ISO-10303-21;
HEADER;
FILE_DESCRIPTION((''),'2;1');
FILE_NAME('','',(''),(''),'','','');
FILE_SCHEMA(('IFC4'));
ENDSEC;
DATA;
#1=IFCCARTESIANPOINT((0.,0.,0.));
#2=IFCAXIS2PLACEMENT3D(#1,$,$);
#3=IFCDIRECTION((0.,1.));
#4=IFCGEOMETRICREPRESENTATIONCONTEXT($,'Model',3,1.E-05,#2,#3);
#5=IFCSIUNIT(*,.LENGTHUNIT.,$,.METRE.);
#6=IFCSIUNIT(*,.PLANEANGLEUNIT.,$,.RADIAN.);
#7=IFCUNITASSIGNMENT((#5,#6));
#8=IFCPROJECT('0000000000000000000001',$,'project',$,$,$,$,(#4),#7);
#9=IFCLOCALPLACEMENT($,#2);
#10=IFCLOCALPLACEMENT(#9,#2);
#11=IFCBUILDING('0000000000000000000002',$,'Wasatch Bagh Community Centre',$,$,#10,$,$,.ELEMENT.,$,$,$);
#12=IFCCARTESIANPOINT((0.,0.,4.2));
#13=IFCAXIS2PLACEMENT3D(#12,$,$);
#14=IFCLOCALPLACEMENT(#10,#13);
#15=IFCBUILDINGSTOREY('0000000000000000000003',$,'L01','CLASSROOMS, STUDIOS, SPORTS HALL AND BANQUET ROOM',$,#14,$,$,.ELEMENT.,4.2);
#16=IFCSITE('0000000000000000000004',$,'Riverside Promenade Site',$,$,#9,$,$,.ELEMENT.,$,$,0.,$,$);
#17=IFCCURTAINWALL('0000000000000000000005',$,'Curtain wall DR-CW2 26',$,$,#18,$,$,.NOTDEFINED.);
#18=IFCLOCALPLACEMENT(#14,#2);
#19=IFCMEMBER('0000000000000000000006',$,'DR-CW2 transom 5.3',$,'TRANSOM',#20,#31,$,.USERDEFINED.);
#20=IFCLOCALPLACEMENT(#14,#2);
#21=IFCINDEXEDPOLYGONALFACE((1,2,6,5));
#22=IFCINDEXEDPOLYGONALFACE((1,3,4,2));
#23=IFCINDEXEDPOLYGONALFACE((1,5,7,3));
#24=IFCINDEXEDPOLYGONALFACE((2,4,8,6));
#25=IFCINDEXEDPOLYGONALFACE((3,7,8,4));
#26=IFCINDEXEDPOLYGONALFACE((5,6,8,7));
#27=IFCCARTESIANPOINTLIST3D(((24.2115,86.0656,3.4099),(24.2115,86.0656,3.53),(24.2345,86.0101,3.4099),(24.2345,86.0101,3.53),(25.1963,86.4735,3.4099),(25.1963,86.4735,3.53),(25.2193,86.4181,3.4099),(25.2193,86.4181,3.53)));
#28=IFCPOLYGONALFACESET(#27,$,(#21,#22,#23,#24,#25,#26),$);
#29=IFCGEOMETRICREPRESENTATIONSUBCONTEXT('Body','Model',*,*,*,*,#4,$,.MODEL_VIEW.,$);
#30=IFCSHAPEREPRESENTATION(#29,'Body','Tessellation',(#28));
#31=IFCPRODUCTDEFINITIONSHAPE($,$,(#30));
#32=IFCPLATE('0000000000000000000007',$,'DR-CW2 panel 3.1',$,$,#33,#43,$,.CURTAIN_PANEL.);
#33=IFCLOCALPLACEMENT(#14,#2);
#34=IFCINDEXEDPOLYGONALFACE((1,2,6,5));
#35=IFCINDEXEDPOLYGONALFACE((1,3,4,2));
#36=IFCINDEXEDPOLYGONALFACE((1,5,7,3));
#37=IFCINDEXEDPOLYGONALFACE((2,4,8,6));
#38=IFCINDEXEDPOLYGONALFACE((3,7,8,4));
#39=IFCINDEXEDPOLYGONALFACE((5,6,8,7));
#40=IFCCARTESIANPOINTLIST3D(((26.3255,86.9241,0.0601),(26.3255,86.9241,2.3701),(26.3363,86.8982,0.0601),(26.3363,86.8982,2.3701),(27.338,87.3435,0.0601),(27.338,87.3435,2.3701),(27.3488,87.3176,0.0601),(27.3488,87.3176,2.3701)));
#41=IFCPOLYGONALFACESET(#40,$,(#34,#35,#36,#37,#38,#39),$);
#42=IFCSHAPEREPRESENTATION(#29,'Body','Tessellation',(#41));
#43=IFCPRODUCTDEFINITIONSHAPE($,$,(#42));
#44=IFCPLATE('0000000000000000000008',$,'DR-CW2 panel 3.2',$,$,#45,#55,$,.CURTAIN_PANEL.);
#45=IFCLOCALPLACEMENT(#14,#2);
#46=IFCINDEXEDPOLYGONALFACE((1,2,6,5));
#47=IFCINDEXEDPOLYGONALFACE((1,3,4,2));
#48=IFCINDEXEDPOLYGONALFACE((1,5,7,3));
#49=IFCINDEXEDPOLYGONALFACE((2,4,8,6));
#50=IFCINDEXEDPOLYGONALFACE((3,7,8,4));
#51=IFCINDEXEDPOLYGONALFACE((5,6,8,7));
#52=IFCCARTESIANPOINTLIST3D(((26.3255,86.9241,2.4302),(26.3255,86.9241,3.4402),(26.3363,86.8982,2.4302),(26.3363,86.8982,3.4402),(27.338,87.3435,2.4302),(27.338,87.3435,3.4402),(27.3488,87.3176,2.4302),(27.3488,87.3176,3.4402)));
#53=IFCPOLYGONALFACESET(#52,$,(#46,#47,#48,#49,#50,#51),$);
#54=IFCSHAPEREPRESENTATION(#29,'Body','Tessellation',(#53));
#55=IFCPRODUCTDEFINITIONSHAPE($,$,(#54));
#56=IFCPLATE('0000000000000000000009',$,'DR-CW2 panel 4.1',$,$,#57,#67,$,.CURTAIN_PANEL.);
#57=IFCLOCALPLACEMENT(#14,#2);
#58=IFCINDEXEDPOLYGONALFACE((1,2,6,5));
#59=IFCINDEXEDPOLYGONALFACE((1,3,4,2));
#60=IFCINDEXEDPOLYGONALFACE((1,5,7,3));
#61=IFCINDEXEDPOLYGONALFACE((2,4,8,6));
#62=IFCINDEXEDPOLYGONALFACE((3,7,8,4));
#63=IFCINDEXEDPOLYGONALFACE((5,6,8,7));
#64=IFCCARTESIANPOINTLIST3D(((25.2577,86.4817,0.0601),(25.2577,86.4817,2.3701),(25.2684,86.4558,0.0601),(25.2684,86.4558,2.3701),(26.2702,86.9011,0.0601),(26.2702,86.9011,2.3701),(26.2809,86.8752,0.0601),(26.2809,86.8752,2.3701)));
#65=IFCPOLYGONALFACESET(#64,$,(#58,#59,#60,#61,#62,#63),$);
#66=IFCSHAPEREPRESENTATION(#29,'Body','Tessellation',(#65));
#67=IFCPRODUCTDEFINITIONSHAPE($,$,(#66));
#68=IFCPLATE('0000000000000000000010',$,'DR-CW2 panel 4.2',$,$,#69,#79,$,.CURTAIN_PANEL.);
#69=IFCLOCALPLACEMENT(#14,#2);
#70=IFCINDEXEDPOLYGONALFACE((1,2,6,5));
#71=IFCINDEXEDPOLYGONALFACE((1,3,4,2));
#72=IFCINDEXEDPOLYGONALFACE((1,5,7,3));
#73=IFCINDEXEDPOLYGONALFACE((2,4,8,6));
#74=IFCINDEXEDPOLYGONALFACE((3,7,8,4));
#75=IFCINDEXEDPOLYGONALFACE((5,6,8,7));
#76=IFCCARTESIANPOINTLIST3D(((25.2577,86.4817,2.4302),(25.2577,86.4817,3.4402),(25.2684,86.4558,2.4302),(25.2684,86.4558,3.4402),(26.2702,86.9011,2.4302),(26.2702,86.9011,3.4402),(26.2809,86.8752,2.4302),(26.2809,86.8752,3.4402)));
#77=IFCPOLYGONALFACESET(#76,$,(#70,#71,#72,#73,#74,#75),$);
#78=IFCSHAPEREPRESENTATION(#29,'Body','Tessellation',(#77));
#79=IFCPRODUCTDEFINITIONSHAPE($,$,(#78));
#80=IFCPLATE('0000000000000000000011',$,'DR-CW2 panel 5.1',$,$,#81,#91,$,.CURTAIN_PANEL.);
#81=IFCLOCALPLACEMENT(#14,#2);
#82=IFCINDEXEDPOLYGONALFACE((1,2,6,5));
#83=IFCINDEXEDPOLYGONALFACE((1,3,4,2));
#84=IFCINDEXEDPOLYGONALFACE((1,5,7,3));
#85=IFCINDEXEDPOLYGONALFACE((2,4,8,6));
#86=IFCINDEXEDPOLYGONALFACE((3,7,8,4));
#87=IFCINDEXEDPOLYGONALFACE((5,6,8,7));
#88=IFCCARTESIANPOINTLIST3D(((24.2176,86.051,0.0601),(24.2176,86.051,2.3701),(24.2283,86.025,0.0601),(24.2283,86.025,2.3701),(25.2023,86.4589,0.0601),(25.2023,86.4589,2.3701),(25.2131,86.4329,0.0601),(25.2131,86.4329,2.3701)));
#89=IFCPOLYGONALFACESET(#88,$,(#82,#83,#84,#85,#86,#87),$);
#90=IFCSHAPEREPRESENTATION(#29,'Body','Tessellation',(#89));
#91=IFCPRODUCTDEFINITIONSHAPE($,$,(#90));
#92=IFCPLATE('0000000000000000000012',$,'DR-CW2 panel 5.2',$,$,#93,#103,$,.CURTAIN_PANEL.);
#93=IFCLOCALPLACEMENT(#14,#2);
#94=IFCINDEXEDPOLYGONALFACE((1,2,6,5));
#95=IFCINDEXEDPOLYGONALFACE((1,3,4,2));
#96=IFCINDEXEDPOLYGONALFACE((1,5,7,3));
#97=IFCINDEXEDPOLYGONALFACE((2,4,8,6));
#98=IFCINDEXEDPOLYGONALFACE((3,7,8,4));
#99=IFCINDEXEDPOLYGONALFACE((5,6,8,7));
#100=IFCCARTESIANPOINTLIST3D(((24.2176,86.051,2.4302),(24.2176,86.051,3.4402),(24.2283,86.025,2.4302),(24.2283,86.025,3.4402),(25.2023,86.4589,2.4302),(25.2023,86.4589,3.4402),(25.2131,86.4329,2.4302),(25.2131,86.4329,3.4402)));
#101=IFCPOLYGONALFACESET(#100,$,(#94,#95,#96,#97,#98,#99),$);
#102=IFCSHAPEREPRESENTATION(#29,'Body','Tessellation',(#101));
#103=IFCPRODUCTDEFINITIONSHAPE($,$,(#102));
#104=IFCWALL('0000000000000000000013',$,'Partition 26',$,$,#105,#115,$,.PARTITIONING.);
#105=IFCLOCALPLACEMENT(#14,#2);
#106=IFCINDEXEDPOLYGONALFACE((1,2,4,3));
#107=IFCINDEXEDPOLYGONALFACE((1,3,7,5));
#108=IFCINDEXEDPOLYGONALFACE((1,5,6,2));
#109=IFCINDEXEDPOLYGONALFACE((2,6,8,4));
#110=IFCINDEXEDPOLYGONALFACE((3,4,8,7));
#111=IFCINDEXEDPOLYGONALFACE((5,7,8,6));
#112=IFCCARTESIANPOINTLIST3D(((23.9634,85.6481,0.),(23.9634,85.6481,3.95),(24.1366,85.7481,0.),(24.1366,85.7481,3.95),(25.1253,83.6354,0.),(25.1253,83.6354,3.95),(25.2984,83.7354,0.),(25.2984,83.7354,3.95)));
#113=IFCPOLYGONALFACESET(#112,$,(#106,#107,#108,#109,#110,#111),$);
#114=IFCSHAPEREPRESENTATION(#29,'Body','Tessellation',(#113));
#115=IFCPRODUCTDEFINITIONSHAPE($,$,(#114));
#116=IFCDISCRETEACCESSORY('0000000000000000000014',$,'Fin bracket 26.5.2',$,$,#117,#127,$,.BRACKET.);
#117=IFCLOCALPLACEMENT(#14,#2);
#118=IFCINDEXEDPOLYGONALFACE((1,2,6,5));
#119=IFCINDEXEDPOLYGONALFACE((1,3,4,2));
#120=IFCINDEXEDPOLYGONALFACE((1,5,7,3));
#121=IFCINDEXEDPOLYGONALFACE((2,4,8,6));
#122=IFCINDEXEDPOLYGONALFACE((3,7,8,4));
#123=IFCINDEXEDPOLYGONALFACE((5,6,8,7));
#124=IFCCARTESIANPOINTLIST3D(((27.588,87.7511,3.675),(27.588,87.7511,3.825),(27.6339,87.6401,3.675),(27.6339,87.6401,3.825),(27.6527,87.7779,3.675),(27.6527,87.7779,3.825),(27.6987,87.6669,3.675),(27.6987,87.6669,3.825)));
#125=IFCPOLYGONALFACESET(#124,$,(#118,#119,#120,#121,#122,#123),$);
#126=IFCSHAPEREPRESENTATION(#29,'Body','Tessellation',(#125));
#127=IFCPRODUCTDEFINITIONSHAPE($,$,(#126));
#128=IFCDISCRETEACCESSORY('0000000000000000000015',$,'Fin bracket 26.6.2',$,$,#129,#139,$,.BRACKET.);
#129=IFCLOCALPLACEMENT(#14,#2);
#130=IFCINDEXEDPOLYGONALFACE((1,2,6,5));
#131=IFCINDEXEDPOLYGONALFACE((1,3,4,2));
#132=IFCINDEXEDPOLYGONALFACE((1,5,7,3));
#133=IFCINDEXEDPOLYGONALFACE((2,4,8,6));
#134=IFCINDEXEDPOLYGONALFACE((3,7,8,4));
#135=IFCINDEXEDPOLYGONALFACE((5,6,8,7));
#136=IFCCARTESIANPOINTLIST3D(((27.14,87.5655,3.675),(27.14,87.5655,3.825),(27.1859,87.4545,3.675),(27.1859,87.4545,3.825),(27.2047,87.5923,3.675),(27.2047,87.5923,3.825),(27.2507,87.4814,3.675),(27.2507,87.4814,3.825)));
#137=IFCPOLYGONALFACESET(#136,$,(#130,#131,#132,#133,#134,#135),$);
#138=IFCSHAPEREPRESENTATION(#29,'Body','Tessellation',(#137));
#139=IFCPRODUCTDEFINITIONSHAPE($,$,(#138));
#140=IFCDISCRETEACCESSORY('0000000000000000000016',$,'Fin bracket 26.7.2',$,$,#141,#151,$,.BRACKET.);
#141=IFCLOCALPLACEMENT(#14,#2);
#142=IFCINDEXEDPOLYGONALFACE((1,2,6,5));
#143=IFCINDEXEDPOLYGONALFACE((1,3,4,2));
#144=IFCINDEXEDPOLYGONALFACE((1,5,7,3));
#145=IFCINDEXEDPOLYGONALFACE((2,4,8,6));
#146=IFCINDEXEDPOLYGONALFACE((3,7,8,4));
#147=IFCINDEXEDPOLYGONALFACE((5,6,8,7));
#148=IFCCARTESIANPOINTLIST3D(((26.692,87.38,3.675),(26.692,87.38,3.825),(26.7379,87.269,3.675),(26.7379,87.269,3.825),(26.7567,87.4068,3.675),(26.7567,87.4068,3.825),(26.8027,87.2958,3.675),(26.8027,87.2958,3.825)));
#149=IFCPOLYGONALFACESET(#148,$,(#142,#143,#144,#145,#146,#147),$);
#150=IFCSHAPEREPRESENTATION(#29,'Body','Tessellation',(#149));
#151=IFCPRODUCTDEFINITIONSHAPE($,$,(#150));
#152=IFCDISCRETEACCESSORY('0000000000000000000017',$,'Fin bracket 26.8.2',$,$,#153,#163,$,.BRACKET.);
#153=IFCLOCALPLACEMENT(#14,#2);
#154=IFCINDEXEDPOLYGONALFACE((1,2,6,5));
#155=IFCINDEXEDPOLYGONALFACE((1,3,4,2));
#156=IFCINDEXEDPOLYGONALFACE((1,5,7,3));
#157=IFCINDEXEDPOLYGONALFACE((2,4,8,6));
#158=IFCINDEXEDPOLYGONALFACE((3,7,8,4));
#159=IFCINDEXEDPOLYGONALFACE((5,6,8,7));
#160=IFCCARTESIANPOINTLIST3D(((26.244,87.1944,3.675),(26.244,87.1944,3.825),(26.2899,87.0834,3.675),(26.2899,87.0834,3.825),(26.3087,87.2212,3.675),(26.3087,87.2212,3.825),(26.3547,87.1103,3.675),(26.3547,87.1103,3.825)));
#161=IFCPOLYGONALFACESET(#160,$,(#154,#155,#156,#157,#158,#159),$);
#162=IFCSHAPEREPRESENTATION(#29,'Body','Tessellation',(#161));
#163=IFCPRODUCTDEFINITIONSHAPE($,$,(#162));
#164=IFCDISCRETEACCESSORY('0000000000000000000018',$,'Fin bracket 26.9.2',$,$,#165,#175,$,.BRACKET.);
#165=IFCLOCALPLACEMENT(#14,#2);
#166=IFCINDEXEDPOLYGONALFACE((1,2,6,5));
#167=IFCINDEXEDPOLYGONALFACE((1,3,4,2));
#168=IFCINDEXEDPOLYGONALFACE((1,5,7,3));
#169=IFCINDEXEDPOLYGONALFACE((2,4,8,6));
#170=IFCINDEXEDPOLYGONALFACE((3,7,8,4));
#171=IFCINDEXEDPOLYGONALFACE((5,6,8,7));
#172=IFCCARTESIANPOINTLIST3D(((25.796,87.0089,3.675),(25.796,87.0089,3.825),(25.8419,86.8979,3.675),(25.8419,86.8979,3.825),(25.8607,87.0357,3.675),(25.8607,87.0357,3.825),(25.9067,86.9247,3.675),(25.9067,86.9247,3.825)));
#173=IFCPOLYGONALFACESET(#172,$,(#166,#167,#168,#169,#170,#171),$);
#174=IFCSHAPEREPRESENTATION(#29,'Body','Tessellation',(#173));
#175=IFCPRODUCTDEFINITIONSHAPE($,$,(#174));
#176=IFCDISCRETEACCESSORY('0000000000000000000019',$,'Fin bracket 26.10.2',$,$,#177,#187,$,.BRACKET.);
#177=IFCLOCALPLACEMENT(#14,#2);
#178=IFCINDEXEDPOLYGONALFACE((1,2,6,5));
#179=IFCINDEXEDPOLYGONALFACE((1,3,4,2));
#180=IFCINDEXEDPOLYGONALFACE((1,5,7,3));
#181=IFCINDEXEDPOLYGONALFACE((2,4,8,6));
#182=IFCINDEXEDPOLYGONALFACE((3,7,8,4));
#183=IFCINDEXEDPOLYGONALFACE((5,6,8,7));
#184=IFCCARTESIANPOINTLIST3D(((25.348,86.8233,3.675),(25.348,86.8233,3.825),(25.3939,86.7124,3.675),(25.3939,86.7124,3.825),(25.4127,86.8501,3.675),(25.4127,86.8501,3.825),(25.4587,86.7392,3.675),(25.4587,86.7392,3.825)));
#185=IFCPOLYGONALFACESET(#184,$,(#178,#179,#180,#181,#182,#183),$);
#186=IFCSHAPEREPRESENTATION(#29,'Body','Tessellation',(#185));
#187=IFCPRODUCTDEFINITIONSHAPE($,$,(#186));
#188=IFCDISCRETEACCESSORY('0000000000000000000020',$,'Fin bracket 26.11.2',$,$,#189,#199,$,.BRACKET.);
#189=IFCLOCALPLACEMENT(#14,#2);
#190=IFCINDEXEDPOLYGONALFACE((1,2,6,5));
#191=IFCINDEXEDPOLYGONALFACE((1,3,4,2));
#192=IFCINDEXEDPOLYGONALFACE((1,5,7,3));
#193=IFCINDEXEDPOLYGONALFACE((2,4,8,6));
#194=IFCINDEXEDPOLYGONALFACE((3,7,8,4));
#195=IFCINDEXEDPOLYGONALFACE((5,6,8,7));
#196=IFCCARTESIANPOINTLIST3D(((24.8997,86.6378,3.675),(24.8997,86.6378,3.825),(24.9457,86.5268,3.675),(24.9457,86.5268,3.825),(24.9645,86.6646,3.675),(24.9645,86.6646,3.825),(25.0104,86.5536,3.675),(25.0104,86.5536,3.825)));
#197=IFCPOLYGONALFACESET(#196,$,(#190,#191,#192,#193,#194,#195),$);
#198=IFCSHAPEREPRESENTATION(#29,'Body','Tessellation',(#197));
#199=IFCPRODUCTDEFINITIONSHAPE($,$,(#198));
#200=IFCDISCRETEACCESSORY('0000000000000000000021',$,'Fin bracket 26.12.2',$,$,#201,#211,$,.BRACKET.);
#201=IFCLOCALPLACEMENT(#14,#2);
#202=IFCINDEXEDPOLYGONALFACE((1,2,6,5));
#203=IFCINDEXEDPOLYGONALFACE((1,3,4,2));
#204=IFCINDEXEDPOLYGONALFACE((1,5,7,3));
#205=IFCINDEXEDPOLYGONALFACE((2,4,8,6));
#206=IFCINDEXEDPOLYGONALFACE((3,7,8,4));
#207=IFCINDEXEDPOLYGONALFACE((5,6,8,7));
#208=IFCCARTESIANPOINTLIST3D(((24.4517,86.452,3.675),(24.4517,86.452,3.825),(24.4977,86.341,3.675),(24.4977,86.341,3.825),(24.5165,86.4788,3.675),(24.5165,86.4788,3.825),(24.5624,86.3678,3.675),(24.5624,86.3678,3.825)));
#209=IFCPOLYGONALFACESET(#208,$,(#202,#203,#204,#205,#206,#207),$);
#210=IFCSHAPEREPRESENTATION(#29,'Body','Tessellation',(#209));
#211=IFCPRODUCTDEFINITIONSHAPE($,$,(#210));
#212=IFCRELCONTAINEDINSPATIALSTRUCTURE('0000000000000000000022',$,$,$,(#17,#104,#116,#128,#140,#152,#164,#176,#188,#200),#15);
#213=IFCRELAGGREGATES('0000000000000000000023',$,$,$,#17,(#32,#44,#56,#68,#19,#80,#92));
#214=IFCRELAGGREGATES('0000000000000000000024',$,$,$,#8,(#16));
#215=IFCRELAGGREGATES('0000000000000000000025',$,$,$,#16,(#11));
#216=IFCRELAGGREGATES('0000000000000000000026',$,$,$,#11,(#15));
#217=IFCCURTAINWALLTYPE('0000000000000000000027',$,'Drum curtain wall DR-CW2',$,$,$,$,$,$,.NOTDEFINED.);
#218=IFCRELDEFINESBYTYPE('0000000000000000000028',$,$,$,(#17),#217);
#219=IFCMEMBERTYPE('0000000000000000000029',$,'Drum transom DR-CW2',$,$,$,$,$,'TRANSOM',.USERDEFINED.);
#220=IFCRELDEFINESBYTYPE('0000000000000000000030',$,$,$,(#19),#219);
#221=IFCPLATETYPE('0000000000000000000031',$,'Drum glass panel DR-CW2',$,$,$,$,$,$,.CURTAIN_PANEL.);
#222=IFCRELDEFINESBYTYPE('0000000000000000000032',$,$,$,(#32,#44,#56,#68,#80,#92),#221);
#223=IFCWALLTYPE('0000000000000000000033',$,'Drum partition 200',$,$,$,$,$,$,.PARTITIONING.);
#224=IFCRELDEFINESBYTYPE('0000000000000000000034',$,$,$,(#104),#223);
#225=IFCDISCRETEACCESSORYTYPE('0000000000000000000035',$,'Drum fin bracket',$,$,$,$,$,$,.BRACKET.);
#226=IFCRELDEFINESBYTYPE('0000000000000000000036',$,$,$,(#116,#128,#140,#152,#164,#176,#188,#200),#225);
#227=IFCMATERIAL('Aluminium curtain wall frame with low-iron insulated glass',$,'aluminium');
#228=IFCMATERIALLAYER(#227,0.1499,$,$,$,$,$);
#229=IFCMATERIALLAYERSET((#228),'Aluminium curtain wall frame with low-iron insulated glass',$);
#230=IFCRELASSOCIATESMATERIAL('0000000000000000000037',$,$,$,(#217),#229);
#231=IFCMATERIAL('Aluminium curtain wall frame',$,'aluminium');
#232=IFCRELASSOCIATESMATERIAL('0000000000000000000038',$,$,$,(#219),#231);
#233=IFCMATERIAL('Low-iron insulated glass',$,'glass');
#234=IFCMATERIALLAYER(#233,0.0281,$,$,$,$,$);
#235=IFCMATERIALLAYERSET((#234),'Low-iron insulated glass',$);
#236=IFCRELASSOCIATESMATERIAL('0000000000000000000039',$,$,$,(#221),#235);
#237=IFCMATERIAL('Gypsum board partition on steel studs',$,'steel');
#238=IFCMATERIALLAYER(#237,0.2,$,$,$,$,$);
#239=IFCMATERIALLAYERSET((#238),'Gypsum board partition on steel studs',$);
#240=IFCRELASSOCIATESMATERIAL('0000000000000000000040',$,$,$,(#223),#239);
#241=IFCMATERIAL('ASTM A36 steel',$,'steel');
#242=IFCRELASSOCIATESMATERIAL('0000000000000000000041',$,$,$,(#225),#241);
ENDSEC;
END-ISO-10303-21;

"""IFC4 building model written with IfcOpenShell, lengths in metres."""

from ifc_helpers import new_model, si_unit, direction, frame, frame_2d, origin, origin_2d, place, context, subcontext, project, spatial, rectangle, extrude, material, layer, layer_set, material_profile, profile_set, type_object, element, aggregate, save


model = new_model("IFC4")

# Units and contexts
model_context = context("Model", 3, precision=1e-05, world=origin(), true_north=direction((0.0, 1.0)))
body_context = subcontext(model_context, "Body", "Model", "MODEL_VIEW")
ifc_project = project(units=[si_unit("LENGTHUNIT", "METRE"), si_unit("PLANEANGLEUNIT", "RADIAN")], contexts=[model_context])

# Site, building, storey
site_placement = place(None, origin())
site = spatial("IfcSite", under=ifc_project, at=site_placement, Name="Riverside Promenade Site", CompositionType="ELEMENT", RefElevation=0.0)
building_placement = place(site_placement, origin())
building = spatial("IfcBuilding", under=site, at=building_placement, Name="Wasatch Bagh Community Centre", CompositionType="ELEMENT")
storey_placement = place(building_placement, frame((0.0, 0.0, 4.2)))
storey = spatial("IfcBuildingStorey", under=building, at=storey_placement, Name="L01", Description="CLASSROOMS, STUDIOS, SPORTS HALL AND BANQUET ROOM", CompositionType="ELEMENT", Elevation=4.2)

# Curtain wall
ifc_material_1 = material(Name="Aluminium curtain wall frame with low-iron insulated glass", Category="aluminium")
ifc_layer_1 = layer(ifc_material_1, 0.1499)
ifc_layer_set_1 = layer_set([ifc_layer_1], Name="Aluminium curtain wall frame with low-iron insulated glass")
curtain_wall_type = type_object("IfcCurtainWallType", Name="Drum curtain wall DR-CW2", PredefinedType="NOTDEFINED", material=ifc_layer_set_1)
curtain_wall_placement = place(storey_placement, origin())
curtain_wall = element("IfcCurtainWall", 1, at=curtain_wall_placement, inside=storey, type_object=curtain_wall_type, Name="Curtain wall DR-CW2 26", PredefinedType="NOTDEFINED")
ifc_material_2 = material(Name="Aluminium curtain wall frame", Category="aluminium")

# Member
ifc_material_profile_1 = material_profile(ifc_material_2, rectangle(XDim=0.0601, YDim=0.1201, at=origin_2d()), Name="Drum transom DR-CW2")
ifc_profile_set_1 = profile_set([ifc_material_profile_1], Name="Aluminium curtain wall frame")
member_type_1 = type_object("IfcMemberType", Name="Drum transom DR-CW2", ElementType="TRANSOM", PredefinedType="USERDEFINED", material=ifc_profile_set_1)
member_1_placement = place(storey_placement, frame((25.2078, 86.4458, 3.47), z_axis=(-0.923874, -0.382696, 0.0), x_axis=(0.382696, -0.923874, 0.0)))
member_1 = element("IfcMember", 2, at=member_1_placement, type_object=member_type_1, Name="DR-CW2 transom 5.3", ObjectType="TRANSOM", PredefinedType="USERDEFINED", context=body_context, shape_type="SweptSolid", body=[
    extrude(rectangle(XDim=0.0601, YDim=0.1201, at=origin_2d()), origin(), (0.0, 0.0, 1.0), 1.0659),
])

# Plates
ifc_material_3 = material(Name="Low-iron insulated glass", Category="glass")
ifc_layer_2 = layer(ifc_material_3, 0.0281)
ifc_layer_set_2 = layer_set([ifc_layer_2], Name="Low-iron insulated glass")
plate_type = type_object("IfcPlateType", Name="Drum glass panel DR-CW2", PredefinedType="CURTAIN_PANEL", material=ifc_layer_set_2)
plate_1_placement = place(storey_placement, frame((26.8372, 87.1208, 0.0601), z_axis=(0.0, 0.0, 1.0), x_axis=(-0.92388, -0.382683, 0.0)))
plate_1 = element("IfcPlate", 3, at=plate_1_placement, type_object=plate_type, Name="DR-CW2 panel 3.1", PredefinedType="CURTAIN_PANEL", context=body_context, shape_type="SweptSolid", body=[
    extrude(rectangle(XDim=1.0959, YDim=0.0281, at=origin_2d()), origin(), (0.0, 0.0, 1.0), 2.3101),
])
plate_2_placement = place(storey_placement, frame((26.8372, 87.1208, 2.4302), z_axis=(0.0, 0.0, 1.0), x_axis=(-0.92388, -0.382683, 0.0)))
plate_2 = element("IfcPlate", 4, at=plate_2_placement, type_object=plate_type, Name="DR-CW2 panel 3.2", PredefinedType="CURTAIN_PANEL", context=body_context, shape_type="SweptSolid", body=[
    extrude(rectangle(XDim=1.0959, YDim=0.0281, at=origin_2d()), origin(), (0.0, 0.0, 1.0), 1.01),
])
plate_3_placement = place(storey_placement, frame((25.7693, 86.6785, 0.0601), z_axis=(0.0, 0.0, 1.0), x_axis=(-0.92388, -0.382683, 0.0)))
plate_3 = element("IfcPlate", 5, at=plate_3_placement, type_object=plate_type, Name="DR-CW2 panel 4.1", PredefinedType="CURTAIN_PANEL", context=body_context, shape_type="SweptSolid", body=[
    extrude(rectangle(XDim=1.0959, YDim=0.0281, at=origin_2d()), origin(), (0.0, 0.0, 1.0), 2.3101),
])
plate_4_placement = place(storey_placement, frame((25.7693, 86.6785, 2.4302), z_axis=(0.0, 0.0, 1.0), x_axis=(-0.92388, -0.382683, 0.0)))
plate_4 = element("IfcPlate", 6, at=plate_4_placement, type_object=plate_type, Name="DR-CW2 panel 4.2", PredefinedType="CURTAIN_PANEL", context=body_context, shape_type="SweptSolid", body=[
    extrude(rectangle(XDim=1.0959, YDim=0.0281, at=origin_2d()), origin(), (0.0, 0.0, 1.0), 1.01),
])
plate_5_placement = place(storey_placement, frame((24.7153, 86.2419, 0.0601), z_axis=(0.0, 0.0, 1.0), x_axis=(-0.92388, -0.382683, 0.0)))
plate_5 = element("IfcPlate", 7, at=plate_5_placement, type_object=plate_type, Name="DR-CW2 panel 5.1", PredefinedType="CURTAIN_PANEL", context=body_context, shape_type="SweptSolid", body=[
    extrude(rectangle(XDim=1.0659, YDim=0.0281, at=origin_2d()), origin(), (0.0, 0.0, 1.0), 2.3101),
])
plate_6_placement = place(storey_placement, frame((24.7153, 86.2419, 2.4302), z_axis=(0.0, 0.0, 1.0), x_axis=(-0.92388, -0.382683, 0.0)))
plate_6 = element("IfcPlate", 8, at=plate_6_placement, type_object=plate_type, Name="DR-CW2 panel 5.2", PredefinedType="CURTAIN_PANEL", context=body_context, shape_type="SweptSolid", body=[
    extrude(rectangle(XDim=1.0659, YDim=0.0281, at=origin_2d()), origin(), (0.0, 0.0, 1.0), 1.01),
])
aggregate(curtain_wall, [plate_1, plate_2, plate_3, plate_4, member_1, plate_5, plate_6])

# Wall
ifc_material_4 = material(Name="Gypsum board partition on steel studs", Category="steel")
ifc_layer_3 = layer(ifc_material_4, 0.2)
ifc_layer_set_3 = layer_set([ifc_layer_3], Name="Gypsum board partition on steel studs")
wall_type = type_object("IfcWallType", Name="Drum partition 200", PredefinedType="PARTITIONING", material=ifc_layer_set_3)
wall_placement = place(storey_placement, frame((25.2119, 83.6853, 0.0), z_axis=(0.0, 0.0, 1.0), x_axis=(-0.499947, 0.866056, 0.0)))
element("IfcWall", 9, at=wall_placement, inside=storey, type_object=wall_type, Name="Partition 26", PredefinedType="PARTITIONING", context=body_context, shape_type="SweptSolid", body=[
    extrude(rectangle(XDim=2.324, YDim=0.2, at=frame_2d((1.1621, 0.0))), origin(), (0.0, 0.0, 1.0), 3.95),
])

# Discrete accessories
ifc_material_5 = material(Name="ASTM A36 steel", Category="steel")
discrete_accessory_type = type_object("IfcDiscreteAccessoryType", Name="Drum fin bracket", PredefinedType="BRACKET", material=ifc_material_5)
for number, where, z_axis, x_axis, name in (
    (10, (27.6433, 87.709, 3.675), (0.0, 0.0, 1.0), (-0.92388, -0.382683, 0.0), "Fin bracket 26.5.2"),
    (11, (27.1953, 87.5234, 3.675), (0.0, 0.0, 1.0), (-0.92388, -0.382683, 0.0), "Fin bracket 26.6.2"),
    (12, (26.7473, 87.3379, 3.675), (0.0, 0.0, 1.0), (-0.92388, -0.382683, 0.0), "Fin bracket 26.7.2"),
    (13, (26.2993, 87.1523, 3.675), (0.0, 0.0, 1.0), (-0.92388, -0.382683, 0.0), "Fin bracket 26.8.2"),
    (14, (25.8513, 86.9668, 3.675), (0.0, 0.0, 1.0), (-0.92388, -0.382683, 0.0), "Fin bracket 26.9.2"),
    (15, (25.4033, 86.7812, 3.675), (0.0, 0.0, 1.0), (-0.92388, -0.382683, 0.0), "Fin bracket 26.10.2"),
    (16, (24.9551, 86.5957, 3.675), (0.0, 0.0, 1.0), (-0.92388, -0.382683, 0.0), "Fin bracket 26.11.2"),
    (17, (24.5071, 86.4099, 3.675), (0.0, 0.0, 1.0), (-0.92388, -0.382683, 0.0), "Fin bracket 26.12.2"),
):
    element("IfcDiscreteAccessory", number, at=place(storey_placement, frame(where, z_axis=z_axis, x_axis=x_axis)), inside=storey, type_object=discrete_accessory_type, Name=name, PredefinedType="BRACKET", context=body_context, shape_type="SweptSolid", body=[
        extrude(rectangle(XDim=0.0701, YDim=0.1201, at=origin_2d()), origin(), (0.0, 0.0, 1.0), 0.1499),
    ])

save(model, "model.ifc")
